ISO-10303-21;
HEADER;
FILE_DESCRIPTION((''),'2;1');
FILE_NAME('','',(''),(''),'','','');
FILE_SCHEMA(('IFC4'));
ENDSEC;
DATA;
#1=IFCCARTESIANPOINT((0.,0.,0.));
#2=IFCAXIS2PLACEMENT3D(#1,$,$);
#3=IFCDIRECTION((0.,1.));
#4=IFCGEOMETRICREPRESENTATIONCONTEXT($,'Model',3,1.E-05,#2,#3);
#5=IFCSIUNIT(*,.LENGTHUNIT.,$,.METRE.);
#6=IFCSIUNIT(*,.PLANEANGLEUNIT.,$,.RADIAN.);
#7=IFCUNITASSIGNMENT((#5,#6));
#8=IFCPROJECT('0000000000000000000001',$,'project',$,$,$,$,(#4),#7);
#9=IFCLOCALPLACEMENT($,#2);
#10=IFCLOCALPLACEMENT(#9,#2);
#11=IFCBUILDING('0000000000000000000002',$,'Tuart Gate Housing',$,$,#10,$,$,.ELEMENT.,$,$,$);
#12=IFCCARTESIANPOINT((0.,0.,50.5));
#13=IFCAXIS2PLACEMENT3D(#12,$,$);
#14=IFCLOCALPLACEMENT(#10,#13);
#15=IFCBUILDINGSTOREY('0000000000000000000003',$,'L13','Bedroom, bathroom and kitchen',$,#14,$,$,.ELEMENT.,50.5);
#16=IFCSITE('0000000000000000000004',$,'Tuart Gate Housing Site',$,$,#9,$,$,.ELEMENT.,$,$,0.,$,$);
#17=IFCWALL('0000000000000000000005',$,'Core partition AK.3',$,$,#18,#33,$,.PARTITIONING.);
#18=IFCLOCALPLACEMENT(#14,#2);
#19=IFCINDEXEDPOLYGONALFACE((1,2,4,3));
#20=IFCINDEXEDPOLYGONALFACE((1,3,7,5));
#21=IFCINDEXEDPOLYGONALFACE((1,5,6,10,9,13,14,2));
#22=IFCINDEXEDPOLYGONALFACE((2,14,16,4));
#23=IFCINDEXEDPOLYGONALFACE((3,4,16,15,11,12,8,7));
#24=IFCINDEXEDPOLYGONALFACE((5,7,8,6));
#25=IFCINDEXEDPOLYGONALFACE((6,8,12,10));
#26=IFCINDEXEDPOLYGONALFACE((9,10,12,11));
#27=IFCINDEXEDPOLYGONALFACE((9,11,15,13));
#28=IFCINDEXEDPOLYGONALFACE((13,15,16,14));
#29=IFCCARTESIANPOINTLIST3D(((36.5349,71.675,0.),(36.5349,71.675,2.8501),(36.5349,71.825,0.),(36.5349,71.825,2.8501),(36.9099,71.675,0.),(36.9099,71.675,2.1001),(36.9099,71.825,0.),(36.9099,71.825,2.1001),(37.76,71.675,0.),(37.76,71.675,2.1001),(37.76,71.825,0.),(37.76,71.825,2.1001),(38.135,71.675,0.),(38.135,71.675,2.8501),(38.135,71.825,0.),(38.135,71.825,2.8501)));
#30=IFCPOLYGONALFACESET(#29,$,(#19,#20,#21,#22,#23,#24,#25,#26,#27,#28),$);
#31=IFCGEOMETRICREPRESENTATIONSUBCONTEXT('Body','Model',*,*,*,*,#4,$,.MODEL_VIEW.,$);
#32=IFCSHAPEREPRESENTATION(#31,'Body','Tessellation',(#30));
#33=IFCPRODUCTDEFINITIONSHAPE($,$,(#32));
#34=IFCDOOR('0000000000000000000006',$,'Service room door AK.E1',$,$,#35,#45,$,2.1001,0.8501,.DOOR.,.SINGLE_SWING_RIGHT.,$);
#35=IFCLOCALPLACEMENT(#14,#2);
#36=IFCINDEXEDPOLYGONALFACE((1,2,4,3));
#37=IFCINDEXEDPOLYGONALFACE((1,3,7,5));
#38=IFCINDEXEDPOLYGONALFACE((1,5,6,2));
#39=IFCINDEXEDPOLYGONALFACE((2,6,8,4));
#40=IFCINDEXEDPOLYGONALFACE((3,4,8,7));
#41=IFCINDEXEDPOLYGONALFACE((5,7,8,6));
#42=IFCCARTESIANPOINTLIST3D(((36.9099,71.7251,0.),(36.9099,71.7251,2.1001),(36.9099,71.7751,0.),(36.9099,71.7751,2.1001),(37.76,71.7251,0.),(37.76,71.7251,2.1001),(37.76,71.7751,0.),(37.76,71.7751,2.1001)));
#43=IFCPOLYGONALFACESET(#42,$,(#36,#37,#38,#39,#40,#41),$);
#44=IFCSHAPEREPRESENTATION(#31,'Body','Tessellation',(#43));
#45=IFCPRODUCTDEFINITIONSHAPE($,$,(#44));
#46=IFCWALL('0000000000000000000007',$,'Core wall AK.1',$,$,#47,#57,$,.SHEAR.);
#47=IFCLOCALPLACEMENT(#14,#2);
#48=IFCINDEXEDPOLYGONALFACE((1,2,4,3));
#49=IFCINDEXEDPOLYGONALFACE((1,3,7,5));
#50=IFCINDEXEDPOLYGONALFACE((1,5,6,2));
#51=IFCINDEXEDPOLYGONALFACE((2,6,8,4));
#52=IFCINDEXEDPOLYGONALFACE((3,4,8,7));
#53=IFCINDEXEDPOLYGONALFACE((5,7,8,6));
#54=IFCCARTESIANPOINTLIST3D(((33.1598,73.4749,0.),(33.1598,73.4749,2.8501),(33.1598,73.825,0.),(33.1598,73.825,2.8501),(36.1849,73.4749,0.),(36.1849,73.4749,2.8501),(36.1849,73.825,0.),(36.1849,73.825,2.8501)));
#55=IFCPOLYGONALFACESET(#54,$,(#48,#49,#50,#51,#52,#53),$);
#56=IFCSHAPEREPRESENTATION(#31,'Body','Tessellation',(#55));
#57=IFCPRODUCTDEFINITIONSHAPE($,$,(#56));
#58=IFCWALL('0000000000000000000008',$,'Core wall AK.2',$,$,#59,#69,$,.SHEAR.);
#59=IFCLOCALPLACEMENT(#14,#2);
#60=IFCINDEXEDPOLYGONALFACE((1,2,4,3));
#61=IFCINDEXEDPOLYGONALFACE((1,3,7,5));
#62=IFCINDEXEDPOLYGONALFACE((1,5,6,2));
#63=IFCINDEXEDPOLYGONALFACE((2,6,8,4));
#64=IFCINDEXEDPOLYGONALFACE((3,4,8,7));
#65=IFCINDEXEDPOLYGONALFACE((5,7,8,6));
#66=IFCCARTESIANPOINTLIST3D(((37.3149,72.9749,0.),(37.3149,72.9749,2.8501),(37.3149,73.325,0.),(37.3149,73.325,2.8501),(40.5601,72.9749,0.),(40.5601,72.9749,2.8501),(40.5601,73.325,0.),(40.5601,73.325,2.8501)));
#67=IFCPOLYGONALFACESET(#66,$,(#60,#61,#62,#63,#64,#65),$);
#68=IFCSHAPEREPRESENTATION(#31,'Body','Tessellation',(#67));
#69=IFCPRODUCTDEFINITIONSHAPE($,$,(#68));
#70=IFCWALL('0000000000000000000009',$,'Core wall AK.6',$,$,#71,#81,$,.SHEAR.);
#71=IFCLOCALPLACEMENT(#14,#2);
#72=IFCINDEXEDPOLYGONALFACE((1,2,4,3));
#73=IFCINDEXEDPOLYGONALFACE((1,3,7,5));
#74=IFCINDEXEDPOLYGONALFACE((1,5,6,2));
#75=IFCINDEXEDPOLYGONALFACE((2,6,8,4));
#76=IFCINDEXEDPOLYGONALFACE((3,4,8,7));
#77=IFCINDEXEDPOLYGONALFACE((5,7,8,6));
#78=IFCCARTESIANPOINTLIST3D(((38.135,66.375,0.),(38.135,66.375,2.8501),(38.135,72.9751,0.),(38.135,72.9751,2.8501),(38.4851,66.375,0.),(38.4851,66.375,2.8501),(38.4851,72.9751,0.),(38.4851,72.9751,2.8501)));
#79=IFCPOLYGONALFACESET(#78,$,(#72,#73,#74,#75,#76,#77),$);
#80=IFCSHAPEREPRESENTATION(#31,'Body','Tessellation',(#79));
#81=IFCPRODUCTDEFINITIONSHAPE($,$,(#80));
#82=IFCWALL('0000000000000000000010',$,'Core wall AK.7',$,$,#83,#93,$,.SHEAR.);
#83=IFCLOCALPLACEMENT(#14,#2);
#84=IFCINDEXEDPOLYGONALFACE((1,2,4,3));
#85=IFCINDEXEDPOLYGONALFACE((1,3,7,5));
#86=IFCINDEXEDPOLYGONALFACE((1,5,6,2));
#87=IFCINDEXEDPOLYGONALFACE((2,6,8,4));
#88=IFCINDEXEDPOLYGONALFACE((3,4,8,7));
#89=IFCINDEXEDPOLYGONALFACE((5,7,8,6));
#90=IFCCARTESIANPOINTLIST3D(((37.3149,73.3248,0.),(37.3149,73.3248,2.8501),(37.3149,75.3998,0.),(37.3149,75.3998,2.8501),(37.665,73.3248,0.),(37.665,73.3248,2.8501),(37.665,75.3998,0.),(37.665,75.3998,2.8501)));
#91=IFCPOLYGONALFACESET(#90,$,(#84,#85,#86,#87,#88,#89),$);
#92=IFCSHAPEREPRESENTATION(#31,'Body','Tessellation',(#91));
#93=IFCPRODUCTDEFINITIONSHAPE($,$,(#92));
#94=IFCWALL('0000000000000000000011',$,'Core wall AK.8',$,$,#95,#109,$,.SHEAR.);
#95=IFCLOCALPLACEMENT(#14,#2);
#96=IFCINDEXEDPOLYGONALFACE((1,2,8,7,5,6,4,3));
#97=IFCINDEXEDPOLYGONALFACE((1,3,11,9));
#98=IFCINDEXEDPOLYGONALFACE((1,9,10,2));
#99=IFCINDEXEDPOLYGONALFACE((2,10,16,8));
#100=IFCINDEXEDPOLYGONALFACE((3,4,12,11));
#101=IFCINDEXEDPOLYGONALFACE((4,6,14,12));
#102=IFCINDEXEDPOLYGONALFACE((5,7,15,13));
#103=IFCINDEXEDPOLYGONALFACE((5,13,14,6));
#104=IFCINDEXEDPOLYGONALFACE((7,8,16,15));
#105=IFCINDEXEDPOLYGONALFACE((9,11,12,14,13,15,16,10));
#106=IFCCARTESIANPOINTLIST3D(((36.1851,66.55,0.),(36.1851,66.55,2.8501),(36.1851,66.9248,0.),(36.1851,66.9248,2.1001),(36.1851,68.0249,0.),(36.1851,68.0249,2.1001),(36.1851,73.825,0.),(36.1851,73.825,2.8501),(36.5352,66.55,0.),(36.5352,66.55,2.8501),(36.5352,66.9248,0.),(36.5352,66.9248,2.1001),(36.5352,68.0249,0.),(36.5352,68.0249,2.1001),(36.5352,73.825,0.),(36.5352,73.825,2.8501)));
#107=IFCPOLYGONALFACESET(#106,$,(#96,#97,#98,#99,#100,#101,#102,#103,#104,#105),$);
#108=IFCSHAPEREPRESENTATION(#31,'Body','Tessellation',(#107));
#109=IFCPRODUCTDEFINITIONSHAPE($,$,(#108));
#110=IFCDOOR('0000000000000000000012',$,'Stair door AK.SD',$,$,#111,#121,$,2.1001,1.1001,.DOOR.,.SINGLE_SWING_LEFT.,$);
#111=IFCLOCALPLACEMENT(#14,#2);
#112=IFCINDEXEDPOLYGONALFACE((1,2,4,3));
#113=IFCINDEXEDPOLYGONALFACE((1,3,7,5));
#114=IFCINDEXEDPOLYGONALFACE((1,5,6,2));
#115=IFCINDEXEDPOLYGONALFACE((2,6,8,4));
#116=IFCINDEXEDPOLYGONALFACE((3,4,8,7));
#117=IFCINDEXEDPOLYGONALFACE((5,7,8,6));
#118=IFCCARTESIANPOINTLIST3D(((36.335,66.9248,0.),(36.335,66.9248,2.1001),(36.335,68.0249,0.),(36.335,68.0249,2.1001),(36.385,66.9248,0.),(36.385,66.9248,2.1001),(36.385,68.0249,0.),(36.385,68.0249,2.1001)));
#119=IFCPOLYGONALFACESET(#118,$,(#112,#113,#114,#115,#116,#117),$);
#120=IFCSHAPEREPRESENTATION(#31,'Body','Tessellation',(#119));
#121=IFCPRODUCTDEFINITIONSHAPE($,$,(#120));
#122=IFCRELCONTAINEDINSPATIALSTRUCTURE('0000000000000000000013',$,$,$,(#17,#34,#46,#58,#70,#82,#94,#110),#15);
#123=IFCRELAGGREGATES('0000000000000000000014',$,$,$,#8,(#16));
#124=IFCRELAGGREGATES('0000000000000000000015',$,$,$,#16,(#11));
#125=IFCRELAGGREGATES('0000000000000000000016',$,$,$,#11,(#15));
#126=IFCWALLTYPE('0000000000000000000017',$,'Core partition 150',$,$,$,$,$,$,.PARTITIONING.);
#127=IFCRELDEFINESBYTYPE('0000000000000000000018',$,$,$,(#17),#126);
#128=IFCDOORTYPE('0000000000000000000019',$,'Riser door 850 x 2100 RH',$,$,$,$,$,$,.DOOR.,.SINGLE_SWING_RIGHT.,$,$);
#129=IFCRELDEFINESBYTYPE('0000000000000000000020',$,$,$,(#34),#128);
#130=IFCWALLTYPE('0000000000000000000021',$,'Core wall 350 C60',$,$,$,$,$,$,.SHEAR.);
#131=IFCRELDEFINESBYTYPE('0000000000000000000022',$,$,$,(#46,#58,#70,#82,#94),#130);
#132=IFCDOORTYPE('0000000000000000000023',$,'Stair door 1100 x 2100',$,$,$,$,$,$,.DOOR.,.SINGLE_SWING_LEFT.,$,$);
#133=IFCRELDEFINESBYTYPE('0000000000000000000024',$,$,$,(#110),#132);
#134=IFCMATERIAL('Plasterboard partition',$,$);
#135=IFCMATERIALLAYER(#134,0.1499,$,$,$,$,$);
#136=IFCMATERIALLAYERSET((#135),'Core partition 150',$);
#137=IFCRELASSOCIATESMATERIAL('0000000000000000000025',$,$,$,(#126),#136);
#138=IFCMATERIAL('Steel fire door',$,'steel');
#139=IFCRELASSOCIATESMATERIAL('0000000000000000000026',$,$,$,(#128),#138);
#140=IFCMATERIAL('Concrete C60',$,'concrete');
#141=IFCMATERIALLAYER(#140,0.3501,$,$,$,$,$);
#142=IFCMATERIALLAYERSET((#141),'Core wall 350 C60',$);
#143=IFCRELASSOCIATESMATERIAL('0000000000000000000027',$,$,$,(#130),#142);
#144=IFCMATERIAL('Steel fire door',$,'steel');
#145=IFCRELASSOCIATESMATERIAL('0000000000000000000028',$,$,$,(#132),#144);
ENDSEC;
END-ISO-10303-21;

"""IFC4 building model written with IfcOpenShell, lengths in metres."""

from ifc_helpers import new_model, si_unit, direction, frame, frame_2d, origin, place, context, subcontext, project, spatial, rectangle, extrude, material, layer, layer_set, type_object, element, fill, save


model = new_model("IFC4")

# Units and contexts
model_context = context("Model", 3, precision=1e-05, world=origin(), true_north=direction((0.0, 1.0)))
body_context = subcontext(model_context, "Body", "Model", "MODEL_VIEW")
ifc_project = project(units=[si_unit("LENGTHUNIT", "METRE"), si_unit("PLANEANGLEUNIT", "RADIAN")], contexts=[model_context])

# Site, building, storey
site_placement = place(None, origin())
site = spatial("IfcSite", under=ifc_project, at=site_placement, Name="Tuart Gate Housing Site", CompositionType="ELEMENT", RefElevation=0.0)
building_placement = place(site_placement, origin())
building = spatial("IfcBuilding", under=site, at=building_placement, Name="Tuart Gate Housing", CompositionType="ELEMENT")
storey_placement = place(building_placement, frame((0.0, 0.0, 50.5)))
storey = spatial("IfcBuildingStorey", under=building, at=storey_placement, Name="L13", Description="Bedroom, bathroom and kitchen", CompositionType="ELEMENT", Elevation=50.5)

# Wall, opening, door
ifc_material_1 = material(Name="Plasterboard partition")
ifc_layer_1 = layer(ifc_material_1, 0.1499)
ifc_layer_set_1 = layer_set([ifc_layer_1], Name="Core partition 150")
wall_type_1 = type_object("IfcWallType", Name="Core partition 150", PredefinedType="PARTITIONING", material=ifc_layer_set_1)
wall_1_placement = place(storey_placement, frame((38.135, 71.75, 0.0), z_axis=(0.0, 0.0, 1.0), x_axis=(-1.0, 0.0, 0.0)))
wall_1 = element("IfcWall", 1, at=wall_1_placement, inside=storey, type_object=wall_type_1, Name="Core partition AK.3", PredefinedType="PARTITIONING", context=body_context, shape_type="SweptSolid", body=[
    extrude(rectangle(XDim=1.6001, YDim=0.1499, at=frame_2d((0.8, 0.0))), origin(), (0.0, 0.0, 1.0), 2.8501),
])
opening_1_placement = place(wall_1_placement, frame((0.375, 0.0, 0.0)))
opening_1 = element("IfcOpeningElement", 2, at=opening_1_placement, cuts=wall_1, PredefinedType="OPENING", context=body_context, shape_type="SweptSolid", body=[
    extrude(rectangle(XDim=0.8501, YDim=2.1001, at=frame_2d((0.425, 1.05))), frame((0.0, 0.085, 0.0), z_axis=(0.0, -1.0, 0.0), x_axis=(1.0, 0.0, 0.0)), (0.0, 0.0, 1.0), 0.1699),
])
ifc_material_2 = material(Name="Steel fire door", Category="steel")
door_type_1 = type_object("IfcDoorType", Name="Riser door 850 x 2100 RH", OperationType="SINGLE_SWING_RIGHT", PredefinedType="DOOR", material=ifc_material_2)
door_1_placement = place(opening_1_placement, frame((0.8501, 0.0, 0.0), z_axis=(0.0, 0.0, 1.0), x_axis=(-1.0, 0.0, 0.0)))
door_1 = element("IfcDoor", 3, at=door_1_placement, inside=storey, type_object=door_type_1, Name="Service room door AK.E1", OperationType="SINGLE_SWING_RIGHT", OverallHeight=2.1001, OverallWidth=0.8501, PredefinedType="DOOR", context=body_context, shape_type="SweptSolid", body=[
    extrude(rectangle(XDim=0.8501, YDim=2.1001, at=frame_2d((0.425, 1.05))), frame((0.0, 0.0251, 0.0), z_axis=(0.0, -1.0, 0.0), x_axis=(1.0, 0.0, 0.0)), (0.0, 0.0, 1.0), 0.05),
])
fill(opening_1, door_1)

# Walls
ifc_material_3 = material(Name="Concrete C60", Category="concrete")
ifc_layer_2 = layer(ifc_material_3, 0.3501)
ifc_layer_set_2 = layer_set([ifc_layer_2], Name="Core wall 350 C60")
wall_type_2 = type_object("IfcWallType", Name="Core wall 350 C60", PredefinedType="SHEAR", material=ifc_layer_set_2)
wall_2_placement = place(storey_placement, frame((36.1851, 73.6499, 0.0), z_axis=(0.0, 0.0, 1.0), x_axis=(-1.0, 0.0, 0.0)))
element("IfcWall", 4, at=wall_2_placement, inside=storey, type_object=wall_type_2, Name="Core wall AK.1", PredefinedType="SHEAR", context=body_context, shape_type="SweptSolid", body=[
    extrude(rectangle(XDim=3.0251, YDim=0.3501, at=frame_2d((1.5127, 0.0))), origin(), (0.0, 0.0, 1.0), 2.8501),
])
wall_3_placement = place(storey_placement, frame((40.5601, 73.1499, 0.0), z_axis=(0.0, 0.0, 1.0), x_axis=(-1.0, 0.0, 0.0)))
element("IfcWall", 5, at=wall_3_placement, inside=storey, type_object=wall_type_2, Name="Core wall AK.2", PredefinedType="SHEAR", context=body_context, shape_type="SweptSolid", body=[
    extrude(rectangle(XDim=3.2451, YDim=0.3501, at=frame_2d((1.6226, 0.0))), origin(), (0.0, 0.0, 1.0), 2.8501),
])
wall_4_placement = place(storey_placement, frame((38.3101, 72.9751, 0.0), z_axis=(0.0, 0.0, 1.0), x_axis=(0.0, -1.0, 0.0)))
element("IfcWall", 6, at=wall_4_placement, inside=storey, type_object=wall_type_2, Name="Core wall AK.6", PredefinedType="SHEAR", context=body_context, shape_type="SweptSolid", body=[
    extrude(rectangle(XDim=6.6001, YDim=0.3501, at=frame_2d((3.3, 0.0))), origin(), (0.0, 0.0, 1.0), 2.8501),
])
wall_5_placement = place(storey_placement, frame((37.49, 75.3999, 0.0), z_axis=(0.0, 0.0, 1.0), x_axis=(0.0, -1.0, 0.0)))
element("IfcWall", 7, at=wall_5_placement, inside=storey, type_object=wall_type_2, Name="Core wall AK.7", PredefinedType="SHEAR", context=body_context, shape_type="SweptSolid", body=[
    extrude(rectangle(XDim=2.075, YDim=0.3501, at=frame_2d((1.0376, 0.0))), origin(), (0.0, 0.0, 1.0), 2.8501),
])

# Wall, opening, door
wall_6_placement = place(storey_placement, frame((36.3601, 73.825, 0.0), z_axis=(0.0, 0.0, 1.0), x_axis=(0.0, -1.0, 0.0)))
wall_6 = element("IfcWall", 8, at=wall_6_placement, inside=storey, type_object=wall_type_2, Name="Core wall AK.8", PredefinedType="SHEAR", context=body_context, shape_type="SweptSolid", body=[
    extrude(rectangle(XDim=7.2749, YDim=0.3501, at=frame_2d((3.6375, 0.0))), origin(), (0.0, 0.0, 1.0), 2.8501),
])
opening_2_placement = place(wall_6_placement, frame((5.8, 0.0, 0.0)))
opening_2 = element("IfcOpeningElement", 9, at=opening_2_placement, cuts=wall_6, PredefinedType="OPENING", context=body_context, shape_type="SweptSolid", body=[
    extrude(rectangle(XDim=1.1001, YDim=2.1001, at=frame_2d((0.55, 1.05))), frame((0.0, 0.1851, 0.0), z_axis=(0.0, -1.0, 0.0), x_axis=(1.0, 0.0, 0.0)), (0.0, 0.0, 1.0), 0.3701),
])
ifc_material_4 = material(Name="Steel fire door", Category="steel")
door_type_2 = type_object("IfcDoorType", Name="Stair door 1100 x 2100", OperationType="SINGLE_SWING_LEFT", PredefinedType="DOOR", material=ifc_material_4)
door_2_placement = place(opening_2_placement, frame((1.1001, 0.0, 0.0), z_axis=(0.0, 0.0, 1.0), x_axis=(-1.0, 0.0, 0.0)))
door_2 = element("IfcDoor", 10, at=door_2_placement, inside=storey, type_object=door_type_2, Name="Stair door AK.SD", OperationType="SINGLE_SWING_LEFT", OverallHeight=2.1001, OverallWidth=1.1001, PredefinedType="DOOR", context=body_context, shape_type="SweptSolid", body=[
    extrude(rectangle(XDim=1.1001, YDim=2.1001, at=frame_2d((0.55, 1.05))), frame((0.0, 0.0251, 0.0), z_axis=(0.0, -1.0, 0.0), x_axis=(1.0, 0.0, 0.0)), (0.0, 0.0, 1.0), 0.05),
])
fill(opening_2, door_2)

save(model, "model.ifc")
